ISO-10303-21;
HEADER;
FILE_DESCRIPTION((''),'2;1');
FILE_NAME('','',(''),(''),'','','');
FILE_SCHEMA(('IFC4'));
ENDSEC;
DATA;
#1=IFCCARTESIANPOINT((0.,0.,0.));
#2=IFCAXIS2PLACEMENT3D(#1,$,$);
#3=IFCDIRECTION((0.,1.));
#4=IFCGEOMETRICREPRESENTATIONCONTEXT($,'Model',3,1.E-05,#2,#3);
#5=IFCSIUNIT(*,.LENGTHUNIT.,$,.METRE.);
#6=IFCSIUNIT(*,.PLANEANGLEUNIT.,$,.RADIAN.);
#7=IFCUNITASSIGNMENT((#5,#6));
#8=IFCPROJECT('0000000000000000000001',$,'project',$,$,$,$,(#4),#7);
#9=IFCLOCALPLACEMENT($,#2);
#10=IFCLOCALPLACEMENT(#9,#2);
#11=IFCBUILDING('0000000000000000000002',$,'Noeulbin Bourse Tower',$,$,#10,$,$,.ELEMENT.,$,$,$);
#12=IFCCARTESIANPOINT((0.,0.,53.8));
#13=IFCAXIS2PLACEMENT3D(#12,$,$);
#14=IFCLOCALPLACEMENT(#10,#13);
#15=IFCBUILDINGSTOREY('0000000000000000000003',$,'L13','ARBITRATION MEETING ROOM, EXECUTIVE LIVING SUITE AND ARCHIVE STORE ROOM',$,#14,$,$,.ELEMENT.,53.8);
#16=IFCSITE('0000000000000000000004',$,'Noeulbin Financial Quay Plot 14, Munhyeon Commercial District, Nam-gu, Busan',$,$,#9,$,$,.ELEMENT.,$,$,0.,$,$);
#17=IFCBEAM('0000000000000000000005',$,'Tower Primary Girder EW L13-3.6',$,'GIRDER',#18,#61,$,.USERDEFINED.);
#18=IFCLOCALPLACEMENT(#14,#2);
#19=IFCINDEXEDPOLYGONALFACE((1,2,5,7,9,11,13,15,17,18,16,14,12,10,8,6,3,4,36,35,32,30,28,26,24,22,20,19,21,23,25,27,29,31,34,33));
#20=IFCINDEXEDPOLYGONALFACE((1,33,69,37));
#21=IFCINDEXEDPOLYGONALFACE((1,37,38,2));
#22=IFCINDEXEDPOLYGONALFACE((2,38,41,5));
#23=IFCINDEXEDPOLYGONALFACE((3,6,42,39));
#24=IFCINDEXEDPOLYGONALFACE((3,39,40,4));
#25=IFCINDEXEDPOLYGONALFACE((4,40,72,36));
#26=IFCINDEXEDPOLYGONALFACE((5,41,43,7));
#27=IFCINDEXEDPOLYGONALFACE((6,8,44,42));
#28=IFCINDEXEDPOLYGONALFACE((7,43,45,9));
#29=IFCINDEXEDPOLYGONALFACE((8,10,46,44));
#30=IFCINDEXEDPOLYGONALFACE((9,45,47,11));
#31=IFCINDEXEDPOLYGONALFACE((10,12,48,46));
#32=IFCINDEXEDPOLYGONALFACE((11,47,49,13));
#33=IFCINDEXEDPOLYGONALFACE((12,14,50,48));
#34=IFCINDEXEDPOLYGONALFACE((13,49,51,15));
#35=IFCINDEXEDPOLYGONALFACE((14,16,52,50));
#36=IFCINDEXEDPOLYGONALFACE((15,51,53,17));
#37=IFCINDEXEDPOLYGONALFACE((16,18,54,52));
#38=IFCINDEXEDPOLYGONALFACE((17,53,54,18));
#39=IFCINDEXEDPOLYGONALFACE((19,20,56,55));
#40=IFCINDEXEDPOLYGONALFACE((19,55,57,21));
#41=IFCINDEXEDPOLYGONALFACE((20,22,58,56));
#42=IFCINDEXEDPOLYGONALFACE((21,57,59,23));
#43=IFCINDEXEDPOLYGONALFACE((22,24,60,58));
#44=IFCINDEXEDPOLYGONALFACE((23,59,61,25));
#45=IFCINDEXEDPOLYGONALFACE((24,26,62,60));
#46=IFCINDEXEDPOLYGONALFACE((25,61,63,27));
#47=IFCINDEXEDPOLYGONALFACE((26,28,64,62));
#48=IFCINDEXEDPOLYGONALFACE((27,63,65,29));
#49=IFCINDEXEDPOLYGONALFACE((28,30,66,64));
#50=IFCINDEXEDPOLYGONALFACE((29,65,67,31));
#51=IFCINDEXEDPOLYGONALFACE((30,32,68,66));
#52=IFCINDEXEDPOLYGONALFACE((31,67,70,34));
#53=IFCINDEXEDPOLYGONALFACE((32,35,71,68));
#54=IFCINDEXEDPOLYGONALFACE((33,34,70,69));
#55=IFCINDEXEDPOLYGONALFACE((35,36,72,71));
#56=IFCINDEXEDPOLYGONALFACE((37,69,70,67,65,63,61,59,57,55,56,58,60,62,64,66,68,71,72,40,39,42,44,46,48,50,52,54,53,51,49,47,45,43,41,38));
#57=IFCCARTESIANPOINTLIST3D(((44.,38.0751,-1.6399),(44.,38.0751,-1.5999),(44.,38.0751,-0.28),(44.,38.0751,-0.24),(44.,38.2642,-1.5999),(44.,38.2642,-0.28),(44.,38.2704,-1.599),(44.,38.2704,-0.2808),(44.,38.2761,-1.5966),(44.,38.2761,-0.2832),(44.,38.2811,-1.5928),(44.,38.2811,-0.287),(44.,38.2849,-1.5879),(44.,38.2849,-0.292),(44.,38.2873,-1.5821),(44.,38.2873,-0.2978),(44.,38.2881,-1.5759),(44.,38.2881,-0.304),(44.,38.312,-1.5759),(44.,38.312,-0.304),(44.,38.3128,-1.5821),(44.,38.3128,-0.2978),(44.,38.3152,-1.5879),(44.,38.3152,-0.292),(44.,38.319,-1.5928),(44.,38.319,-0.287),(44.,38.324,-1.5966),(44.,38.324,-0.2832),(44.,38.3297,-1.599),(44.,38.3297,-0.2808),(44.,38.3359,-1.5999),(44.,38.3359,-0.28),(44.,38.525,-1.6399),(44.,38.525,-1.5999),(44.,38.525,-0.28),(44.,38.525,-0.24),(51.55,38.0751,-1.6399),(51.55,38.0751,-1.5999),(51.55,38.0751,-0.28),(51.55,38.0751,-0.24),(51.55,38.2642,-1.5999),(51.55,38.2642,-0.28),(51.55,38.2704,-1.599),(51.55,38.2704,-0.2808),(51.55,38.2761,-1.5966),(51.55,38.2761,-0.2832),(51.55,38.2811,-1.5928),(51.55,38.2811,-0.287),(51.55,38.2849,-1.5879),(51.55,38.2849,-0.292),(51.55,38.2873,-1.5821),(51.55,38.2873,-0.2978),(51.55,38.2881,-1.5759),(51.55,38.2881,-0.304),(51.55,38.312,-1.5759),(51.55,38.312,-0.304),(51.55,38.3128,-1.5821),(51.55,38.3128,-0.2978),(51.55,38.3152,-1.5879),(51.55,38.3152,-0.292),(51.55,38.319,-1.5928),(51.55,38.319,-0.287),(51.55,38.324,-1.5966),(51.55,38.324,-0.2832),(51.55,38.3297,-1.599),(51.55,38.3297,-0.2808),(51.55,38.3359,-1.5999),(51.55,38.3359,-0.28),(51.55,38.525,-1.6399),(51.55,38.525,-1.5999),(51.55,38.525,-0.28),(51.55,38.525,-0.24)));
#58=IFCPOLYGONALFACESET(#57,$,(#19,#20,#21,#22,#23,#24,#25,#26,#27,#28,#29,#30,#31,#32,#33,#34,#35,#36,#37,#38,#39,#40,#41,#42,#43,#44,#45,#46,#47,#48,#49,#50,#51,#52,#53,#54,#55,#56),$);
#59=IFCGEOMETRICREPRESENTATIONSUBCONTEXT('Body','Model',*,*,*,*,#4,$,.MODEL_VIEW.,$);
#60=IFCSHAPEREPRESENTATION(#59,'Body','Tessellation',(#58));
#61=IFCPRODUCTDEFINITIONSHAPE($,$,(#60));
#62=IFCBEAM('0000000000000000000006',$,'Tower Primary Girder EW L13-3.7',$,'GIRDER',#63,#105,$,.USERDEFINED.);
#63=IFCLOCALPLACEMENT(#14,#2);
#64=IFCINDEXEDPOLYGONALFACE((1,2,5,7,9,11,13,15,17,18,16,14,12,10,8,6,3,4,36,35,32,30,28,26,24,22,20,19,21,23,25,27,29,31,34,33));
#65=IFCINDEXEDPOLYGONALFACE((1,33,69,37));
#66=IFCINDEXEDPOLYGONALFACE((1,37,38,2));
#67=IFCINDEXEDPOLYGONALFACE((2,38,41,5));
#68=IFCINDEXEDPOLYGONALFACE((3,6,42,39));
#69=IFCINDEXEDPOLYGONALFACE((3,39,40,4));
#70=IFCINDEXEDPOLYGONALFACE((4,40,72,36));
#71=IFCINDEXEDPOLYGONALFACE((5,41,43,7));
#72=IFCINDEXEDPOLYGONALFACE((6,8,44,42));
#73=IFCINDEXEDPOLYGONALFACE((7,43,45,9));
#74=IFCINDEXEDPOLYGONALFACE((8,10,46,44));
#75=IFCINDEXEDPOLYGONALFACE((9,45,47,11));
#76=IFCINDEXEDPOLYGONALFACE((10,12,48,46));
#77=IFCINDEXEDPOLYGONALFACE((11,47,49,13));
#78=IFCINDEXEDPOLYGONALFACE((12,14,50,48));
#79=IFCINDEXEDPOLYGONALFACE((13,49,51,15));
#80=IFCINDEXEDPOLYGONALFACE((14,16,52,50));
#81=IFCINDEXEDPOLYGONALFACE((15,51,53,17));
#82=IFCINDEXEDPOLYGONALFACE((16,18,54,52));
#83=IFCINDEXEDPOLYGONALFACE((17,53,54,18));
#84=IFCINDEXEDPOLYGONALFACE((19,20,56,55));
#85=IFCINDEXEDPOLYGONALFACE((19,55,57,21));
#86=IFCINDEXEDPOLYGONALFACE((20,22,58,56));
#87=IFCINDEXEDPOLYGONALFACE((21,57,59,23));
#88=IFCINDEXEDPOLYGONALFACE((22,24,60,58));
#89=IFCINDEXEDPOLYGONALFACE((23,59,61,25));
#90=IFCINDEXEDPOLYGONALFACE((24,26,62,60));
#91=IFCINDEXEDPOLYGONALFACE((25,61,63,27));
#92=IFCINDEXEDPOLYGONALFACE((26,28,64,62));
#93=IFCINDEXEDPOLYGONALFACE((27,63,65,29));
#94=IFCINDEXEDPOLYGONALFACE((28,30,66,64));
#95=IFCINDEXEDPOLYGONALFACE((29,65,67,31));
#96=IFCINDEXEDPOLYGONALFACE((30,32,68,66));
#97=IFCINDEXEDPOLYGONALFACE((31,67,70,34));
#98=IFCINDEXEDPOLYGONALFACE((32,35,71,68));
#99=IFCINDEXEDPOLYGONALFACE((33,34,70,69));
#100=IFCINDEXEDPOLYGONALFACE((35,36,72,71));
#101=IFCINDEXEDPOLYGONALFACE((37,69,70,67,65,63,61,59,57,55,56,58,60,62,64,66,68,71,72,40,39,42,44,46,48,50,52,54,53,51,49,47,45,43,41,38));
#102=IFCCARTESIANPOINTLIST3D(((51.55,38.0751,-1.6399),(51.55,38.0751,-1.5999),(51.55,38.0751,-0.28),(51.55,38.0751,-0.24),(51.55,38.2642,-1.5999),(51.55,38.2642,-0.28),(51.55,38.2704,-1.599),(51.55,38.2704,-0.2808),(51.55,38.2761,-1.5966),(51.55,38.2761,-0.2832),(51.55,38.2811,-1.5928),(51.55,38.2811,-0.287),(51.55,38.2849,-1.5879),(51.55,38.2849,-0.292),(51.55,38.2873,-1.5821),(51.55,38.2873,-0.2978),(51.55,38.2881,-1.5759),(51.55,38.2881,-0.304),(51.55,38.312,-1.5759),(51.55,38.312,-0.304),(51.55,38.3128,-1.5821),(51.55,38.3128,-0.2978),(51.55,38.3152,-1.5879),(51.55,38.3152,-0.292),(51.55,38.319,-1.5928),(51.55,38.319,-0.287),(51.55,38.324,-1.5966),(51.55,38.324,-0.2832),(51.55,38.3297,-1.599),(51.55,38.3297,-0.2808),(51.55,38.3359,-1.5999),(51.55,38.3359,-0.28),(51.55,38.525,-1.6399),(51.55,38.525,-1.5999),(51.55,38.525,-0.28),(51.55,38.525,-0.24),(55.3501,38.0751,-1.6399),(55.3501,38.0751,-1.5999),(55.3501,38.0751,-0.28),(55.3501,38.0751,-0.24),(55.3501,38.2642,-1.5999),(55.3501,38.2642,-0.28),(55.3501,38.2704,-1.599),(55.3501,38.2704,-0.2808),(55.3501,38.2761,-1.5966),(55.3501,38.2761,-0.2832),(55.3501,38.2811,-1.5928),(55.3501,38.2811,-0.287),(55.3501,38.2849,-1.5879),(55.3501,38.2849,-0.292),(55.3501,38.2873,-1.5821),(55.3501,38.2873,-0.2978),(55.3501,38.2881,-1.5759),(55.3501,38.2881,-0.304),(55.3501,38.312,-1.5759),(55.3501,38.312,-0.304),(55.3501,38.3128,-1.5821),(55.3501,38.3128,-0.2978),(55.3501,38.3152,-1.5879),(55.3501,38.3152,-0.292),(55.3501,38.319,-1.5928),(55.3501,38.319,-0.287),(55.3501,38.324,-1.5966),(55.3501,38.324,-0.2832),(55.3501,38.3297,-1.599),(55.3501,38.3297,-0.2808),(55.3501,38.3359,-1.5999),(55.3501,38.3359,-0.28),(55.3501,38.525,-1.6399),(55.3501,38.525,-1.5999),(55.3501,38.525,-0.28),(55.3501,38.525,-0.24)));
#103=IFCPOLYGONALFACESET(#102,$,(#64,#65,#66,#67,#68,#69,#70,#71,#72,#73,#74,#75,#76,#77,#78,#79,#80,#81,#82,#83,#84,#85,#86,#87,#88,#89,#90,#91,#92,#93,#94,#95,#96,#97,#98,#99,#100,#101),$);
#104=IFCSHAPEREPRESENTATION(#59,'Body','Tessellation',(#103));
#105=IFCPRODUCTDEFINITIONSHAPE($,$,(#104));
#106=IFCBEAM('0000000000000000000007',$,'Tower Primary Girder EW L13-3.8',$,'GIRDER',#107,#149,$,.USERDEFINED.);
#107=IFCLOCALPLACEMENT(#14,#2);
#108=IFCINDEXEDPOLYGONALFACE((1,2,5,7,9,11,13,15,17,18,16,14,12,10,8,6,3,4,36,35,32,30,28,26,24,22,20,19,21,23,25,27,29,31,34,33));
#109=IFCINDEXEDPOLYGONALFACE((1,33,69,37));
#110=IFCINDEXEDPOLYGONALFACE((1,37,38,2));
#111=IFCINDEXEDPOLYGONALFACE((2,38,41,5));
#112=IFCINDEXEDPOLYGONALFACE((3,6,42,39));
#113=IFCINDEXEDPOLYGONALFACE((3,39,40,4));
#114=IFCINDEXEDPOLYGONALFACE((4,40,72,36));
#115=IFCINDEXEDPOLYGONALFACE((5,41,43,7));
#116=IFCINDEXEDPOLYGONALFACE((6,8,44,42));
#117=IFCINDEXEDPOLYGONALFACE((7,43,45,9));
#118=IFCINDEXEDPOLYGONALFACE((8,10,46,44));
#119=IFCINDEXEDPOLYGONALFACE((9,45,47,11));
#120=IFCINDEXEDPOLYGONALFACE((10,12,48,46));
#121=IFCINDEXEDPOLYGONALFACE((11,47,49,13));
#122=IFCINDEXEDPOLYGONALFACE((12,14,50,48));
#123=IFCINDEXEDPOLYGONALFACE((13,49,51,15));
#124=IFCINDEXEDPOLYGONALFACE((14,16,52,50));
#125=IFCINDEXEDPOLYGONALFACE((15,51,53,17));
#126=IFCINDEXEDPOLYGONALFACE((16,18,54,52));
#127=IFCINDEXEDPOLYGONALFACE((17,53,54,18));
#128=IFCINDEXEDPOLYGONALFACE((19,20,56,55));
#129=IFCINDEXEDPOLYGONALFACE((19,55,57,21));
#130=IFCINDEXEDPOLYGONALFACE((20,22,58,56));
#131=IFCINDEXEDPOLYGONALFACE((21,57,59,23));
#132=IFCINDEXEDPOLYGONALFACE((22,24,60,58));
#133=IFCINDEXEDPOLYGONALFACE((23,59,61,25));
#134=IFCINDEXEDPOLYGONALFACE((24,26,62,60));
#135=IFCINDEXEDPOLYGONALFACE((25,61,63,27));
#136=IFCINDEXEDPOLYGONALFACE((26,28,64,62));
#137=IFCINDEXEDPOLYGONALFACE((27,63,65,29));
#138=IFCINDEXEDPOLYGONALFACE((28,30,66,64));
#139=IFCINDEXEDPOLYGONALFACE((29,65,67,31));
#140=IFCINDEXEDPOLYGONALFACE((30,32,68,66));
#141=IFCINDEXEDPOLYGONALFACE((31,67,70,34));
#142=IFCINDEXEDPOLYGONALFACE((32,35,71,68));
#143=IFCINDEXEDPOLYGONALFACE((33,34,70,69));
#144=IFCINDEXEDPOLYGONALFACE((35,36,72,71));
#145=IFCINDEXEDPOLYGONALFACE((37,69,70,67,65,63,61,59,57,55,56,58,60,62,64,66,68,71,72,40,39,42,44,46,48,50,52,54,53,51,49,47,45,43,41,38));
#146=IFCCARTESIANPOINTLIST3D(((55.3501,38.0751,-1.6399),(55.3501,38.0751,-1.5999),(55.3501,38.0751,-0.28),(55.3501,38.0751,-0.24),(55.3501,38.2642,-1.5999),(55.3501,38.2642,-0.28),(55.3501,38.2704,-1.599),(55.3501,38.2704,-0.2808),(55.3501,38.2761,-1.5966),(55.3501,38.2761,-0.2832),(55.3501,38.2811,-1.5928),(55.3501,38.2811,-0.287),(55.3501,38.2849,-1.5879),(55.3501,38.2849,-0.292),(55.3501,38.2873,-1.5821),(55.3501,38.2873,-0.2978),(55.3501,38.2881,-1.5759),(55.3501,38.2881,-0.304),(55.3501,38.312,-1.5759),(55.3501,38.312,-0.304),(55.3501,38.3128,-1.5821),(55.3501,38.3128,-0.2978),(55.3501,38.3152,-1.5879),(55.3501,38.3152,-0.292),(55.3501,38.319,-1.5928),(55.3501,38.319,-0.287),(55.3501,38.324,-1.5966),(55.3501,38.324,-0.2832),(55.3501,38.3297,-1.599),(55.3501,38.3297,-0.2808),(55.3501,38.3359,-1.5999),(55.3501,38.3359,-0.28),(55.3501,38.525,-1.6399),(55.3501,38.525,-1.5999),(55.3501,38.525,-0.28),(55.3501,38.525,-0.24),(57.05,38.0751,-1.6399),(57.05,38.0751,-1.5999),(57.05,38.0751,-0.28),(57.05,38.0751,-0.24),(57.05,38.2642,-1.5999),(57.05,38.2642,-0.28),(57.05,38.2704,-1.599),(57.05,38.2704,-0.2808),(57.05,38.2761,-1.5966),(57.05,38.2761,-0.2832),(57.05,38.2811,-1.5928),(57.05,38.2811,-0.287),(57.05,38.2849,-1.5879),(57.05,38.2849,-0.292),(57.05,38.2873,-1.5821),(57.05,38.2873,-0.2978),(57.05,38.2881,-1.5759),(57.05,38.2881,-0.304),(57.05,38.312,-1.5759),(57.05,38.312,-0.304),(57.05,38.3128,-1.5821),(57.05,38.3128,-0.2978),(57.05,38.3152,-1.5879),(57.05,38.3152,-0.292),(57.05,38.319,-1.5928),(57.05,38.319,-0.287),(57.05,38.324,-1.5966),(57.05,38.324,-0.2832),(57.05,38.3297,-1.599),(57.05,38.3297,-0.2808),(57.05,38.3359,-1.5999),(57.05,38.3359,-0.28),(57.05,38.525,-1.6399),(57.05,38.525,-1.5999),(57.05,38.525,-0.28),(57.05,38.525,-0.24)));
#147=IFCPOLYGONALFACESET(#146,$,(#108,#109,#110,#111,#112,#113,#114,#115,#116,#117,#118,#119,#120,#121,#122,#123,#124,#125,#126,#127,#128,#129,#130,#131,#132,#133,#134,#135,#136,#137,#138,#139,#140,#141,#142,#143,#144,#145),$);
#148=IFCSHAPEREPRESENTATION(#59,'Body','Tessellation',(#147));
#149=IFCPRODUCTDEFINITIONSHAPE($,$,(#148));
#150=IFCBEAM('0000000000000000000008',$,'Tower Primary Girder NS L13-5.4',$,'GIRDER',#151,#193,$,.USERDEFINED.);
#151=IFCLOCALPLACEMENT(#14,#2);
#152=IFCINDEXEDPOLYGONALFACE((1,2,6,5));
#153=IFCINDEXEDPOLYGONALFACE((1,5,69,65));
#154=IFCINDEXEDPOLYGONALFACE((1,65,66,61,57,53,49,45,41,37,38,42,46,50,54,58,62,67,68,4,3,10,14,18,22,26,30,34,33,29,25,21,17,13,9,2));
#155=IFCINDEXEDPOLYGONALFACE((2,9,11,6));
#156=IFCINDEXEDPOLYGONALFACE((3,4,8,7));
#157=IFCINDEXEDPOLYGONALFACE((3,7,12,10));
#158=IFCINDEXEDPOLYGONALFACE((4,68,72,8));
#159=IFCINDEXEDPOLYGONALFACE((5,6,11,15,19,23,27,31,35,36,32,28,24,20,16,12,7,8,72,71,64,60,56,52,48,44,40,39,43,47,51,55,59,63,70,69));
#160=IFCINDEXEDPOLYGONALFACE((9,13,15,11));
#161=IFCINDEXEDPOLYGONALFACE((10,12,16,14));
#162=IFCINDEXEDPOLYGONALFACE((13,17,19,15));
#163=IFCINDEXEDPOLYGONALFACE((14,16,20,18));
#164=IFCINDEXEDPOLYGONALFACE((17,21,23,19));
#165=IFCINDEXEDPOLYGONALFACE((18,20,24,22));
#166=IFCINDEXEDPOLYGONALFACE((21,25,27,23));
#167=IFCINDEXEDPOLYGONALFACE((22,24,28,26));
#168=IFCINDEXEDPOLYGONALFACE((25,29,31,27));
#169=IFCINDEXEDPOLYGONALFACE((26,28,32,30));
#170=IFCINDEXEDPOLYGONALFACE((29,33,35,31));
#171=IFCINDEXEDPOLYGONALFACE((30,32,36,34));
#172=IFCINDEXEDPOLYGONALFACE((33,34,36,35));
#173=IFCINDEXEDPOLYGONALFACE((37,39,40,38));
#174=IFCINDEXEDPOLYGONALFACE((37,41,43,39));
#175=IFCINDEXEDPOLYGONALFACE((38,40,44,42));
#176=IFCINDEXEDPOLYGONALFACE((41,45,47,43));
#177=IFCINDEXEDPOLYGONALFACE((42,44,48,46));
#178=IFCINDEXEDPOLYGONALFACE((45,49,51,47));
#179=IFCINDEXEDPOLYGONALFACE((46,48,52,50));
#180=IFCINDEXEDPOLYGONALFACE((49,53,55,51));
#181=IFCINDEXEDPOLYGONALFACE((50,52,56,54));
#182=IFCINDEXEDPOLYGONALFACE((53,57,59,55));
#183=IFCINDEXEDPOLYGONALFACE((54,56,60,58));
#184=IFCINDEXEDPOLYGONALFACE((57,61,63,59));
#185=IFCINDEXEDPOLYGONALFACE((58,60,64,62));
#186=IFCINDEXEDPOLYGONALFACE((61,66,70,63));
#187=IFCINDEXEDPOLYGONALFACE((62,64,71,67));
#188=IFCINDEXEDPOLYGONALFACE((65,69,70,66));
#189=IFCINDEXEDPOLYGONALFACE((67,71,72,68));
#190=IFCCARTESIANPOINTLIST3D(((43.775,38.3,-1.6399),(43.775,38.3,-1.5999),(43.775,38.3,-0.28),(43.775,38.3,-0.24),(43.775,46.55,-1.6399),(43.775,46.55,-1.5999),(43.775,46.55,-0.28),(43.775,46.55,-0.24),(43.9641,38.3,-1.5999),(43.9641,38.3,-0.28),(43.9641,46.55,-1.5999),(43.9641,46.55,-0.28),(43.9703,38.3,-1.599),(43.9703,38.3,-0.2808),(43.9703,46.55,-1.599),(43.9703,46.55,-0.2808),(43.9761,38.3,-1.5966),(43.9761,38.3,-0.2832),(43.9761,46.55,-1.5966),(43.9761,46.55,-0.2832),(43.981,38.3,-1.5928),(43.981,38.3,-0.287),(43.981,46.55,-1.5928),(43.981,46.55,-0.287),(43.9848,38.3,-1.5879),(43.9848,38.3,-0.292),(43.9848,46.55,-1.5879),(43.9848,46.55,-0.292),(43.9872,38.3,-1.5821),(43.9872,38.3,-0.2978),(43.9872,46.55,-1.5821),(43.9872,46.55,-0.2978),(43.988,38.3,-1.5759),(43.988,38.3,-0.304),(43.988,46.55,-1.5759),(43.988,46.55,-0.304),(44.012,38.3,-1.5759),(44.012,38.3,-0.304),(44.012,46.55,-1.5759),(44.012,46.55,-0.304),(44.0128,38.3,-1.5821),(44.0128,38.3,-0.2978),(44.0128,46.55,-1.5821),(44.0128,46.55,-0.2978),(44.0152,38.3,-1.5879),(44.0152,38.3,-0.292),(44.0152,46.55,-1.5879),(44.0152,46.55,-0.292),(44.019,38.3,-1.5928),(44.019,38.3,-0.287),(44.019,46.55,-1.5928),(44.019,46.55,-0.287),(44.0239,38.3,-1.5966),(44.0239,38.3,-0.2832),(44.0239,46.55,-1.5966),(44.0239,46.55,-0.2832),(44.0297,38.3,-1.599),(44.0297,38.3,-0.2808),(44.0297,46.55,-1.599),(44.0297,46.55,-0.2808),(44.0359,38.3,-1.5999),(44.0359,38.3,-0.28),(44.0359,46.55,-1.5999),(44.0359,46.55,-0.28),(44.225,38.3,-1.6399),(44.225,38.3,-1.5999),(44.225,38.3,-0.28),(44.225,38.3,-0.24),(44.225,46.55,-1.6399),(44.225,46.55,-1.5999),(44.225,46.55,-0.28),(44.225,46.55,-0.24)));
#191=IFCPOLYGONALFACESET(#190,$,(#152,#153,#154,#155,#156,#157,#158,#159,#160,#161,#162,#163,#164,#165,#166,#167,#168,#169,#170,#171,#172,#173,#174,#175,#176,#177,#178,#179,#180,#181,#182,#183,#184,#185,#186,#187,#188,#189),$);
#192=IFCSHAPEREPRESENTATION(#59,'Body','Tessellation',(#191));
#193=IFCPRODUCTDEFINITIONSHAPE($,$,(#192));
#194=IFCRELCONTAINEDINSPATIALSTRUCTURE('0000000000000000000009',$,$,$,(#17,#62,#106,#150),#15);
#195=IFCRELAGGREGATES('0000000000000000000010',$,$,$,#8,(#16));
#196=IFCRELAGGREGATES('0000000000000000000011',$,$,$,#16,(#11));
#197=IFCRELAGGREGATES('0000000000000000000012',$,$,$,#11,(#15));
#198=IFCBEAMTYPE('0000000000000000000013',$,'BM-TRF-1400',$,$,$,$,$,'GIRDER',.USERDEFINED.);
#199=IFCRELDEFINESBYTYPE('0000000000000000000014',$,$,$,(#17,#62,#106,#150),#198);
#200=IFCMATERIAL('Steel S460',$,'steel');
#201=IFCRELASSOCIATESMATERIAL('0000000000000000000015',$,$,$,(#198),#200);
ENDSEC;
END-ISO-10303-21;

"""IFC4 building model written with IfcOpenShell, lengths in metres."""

from ifc_helpers import new_model, si_unit, direction, frame, origin, origin_2d, place, context, subcontext, project, spatial, i_section, extrude, material, material_profile, profile_set, type_object, element, save


model = new_model("IFC4")

# Units and contexts
model_context = context("Model", 3, precision=1e-05, world=origin(), true_north=direction((0.0, 1.0)))
body_context = subcontext(model_context, "Body", "Model", "MODEL_VIEW")
ifc_project = project(units=[si_unit("LENGTHUNIT", "METRE"), si_unit("PLANEANGLEUNIT", "RADIAN")], contexts=[model_context])

# Site, building, storey
site_placement = place(None, origin())
site = spatial("IfcSite", under=ifc_project, at=site_placement, Name="Noeulbin Financial Quay Plot 14, Munhyeon Commercial District, Nam-gu, Busan", CompositionType="ELEMENT", RefElevation=0.0)
building_placement = place(site_placement, origin())
building = spatial("IfcBuilding", under=site, at=building_placement, Name="Noeulbin Bourse Tower", CompositionType="ELEMENT")
storey_placement = place(building_placement, frame((0.0, 0.0, 53.8)))
storey = spatial("IfcBuildingStorey", under=building, at=storey_placement, Name="L13", Description="ARBITRATION MEETING ROOM, EXECUTIVE LIVING SUITE AND ARCHIVE STORE ROOM", CompositionType="ELEMENT", Elevation=53.8)

# Shared definitions
ifc_material_1 = material(Name="Steel S460", Category="steel")

# Beams
ifc_material_profile_1 = material_profile(ifc_material_1, i_section(OverallWidth=0.45, OverallDepth=1.3999, WebThickness=0.0239, FlangeThickness=0.04, FilletRadius=0.0239, at=origin_2d()), Name="PG-1400x450x24x40", Category="LoadBearing")
ifc_profile_set_1 = profile_set([ifc_material_profile_1], Name="Steel S460")
beam_type_1 = type_object("IfcBeamType", Name="BM-TRF-1400", ElementType="GIRDER", PredefinedType="USERDEFINED", material=ifc_profile_set_1)
beam_1_placement = place(storey_placement, frame((44.0, 38.3, -0.9399), z_axis=(1.0, 0.0, 0.0), x_axis=(0.0, 1.0, 0.0)))
element("IfcBeam", 1, at=beam_1_placement, inside=storey, type_object=beam_type_1, Name="Tower Primary Girder EW L13-3.6", ObjectType="GIRDER", PredefinedType="USERDEFINED", context=body_context, shape_type="SweptSolid", body=[
    extrude(i_section(OverallWidth=0.45, OverallDepth=1.3999, WebThickness=0.0239, FlangeThickness=0.04, FilletRadius=0.0239, at=origin_2d()), origin(), (0.0, 0.0, 1.0), 7.55),
])
beam_2_placement = place(storey_placement, frame((51.55, 38.3, -0.9399), z_axis=(1.0, 0.0, 0.0), x_axis=(0.0, 1.0, 0.0)))
element("IfcBeam", 2, at=beam_2_placement, inside=storey, type_object=beam_type_1, Name="Tower Primary Girder EW L13-3.7", ObjectType="GIRDER", PredefinedType="USERDEFINED", context=body_context, shape_type="SweptSolid", body=[
    extrude(i_section(OverallWidth=0.45, OverallDepth=1.3999, WebThickness=0.0239, FlangeThickness=0.04, FilletRadius=0.0239, at=origin_2d()), origin(), (0.0, 0.0, 1.0), 3.8),
])
beam_3_placement = place(storey_placement, frame((55.3501, 38.3, -0.9399), z_axis=(1.0, 0.0, 0.0), x_axis=(0.0, 1.0, 0.0)))
element("IfcBeam", 3, at=beam_3_placement, inside=storey, type_object=beam_type_1, Name="Tower Primary Girder EW L13-3.8", ObjectType="GIRDER", PredefinedType="USERDEFINED", context=body_context, shape_type="SweptSolid", body=[
    extrude(i_section(OverallWidth=0.45, OverallDepth=1.3999, WebThickness=0.0239, FlangeThickness=0.04, FilletRadius=0.0239, at=origin_2d()), origin(), (0.0, 0.0, 1.0), 1.7),
])
beam_4_placement = place(storey_placement, frame((44.0, 38.3, -0.9399), z_axis=(0.0, 1.0, 0.0), x_axis=(-1.0, 0.0, 0.0)))
element("IfcBeam", 4, at=beam_4_placement, inside=storey, type_object=beam_type_1, Name="Tower Primary Girder NS L13-5.4", ObjectType="GIRDER", PredefinedType="USERDEFINED", context=body_context, shape_type="SweptSolid", body=[
    extrude(i_section(OverallWidth=0.45, OverallDepth=1.3999, WebThickness=0.0239, FlangeThickness=0.04, FilletRadius=0.0239, at=origin_2d()), origin(), (0.0, 0.0, 1.0), 8.25),
])

save(model, "model.ifc")
